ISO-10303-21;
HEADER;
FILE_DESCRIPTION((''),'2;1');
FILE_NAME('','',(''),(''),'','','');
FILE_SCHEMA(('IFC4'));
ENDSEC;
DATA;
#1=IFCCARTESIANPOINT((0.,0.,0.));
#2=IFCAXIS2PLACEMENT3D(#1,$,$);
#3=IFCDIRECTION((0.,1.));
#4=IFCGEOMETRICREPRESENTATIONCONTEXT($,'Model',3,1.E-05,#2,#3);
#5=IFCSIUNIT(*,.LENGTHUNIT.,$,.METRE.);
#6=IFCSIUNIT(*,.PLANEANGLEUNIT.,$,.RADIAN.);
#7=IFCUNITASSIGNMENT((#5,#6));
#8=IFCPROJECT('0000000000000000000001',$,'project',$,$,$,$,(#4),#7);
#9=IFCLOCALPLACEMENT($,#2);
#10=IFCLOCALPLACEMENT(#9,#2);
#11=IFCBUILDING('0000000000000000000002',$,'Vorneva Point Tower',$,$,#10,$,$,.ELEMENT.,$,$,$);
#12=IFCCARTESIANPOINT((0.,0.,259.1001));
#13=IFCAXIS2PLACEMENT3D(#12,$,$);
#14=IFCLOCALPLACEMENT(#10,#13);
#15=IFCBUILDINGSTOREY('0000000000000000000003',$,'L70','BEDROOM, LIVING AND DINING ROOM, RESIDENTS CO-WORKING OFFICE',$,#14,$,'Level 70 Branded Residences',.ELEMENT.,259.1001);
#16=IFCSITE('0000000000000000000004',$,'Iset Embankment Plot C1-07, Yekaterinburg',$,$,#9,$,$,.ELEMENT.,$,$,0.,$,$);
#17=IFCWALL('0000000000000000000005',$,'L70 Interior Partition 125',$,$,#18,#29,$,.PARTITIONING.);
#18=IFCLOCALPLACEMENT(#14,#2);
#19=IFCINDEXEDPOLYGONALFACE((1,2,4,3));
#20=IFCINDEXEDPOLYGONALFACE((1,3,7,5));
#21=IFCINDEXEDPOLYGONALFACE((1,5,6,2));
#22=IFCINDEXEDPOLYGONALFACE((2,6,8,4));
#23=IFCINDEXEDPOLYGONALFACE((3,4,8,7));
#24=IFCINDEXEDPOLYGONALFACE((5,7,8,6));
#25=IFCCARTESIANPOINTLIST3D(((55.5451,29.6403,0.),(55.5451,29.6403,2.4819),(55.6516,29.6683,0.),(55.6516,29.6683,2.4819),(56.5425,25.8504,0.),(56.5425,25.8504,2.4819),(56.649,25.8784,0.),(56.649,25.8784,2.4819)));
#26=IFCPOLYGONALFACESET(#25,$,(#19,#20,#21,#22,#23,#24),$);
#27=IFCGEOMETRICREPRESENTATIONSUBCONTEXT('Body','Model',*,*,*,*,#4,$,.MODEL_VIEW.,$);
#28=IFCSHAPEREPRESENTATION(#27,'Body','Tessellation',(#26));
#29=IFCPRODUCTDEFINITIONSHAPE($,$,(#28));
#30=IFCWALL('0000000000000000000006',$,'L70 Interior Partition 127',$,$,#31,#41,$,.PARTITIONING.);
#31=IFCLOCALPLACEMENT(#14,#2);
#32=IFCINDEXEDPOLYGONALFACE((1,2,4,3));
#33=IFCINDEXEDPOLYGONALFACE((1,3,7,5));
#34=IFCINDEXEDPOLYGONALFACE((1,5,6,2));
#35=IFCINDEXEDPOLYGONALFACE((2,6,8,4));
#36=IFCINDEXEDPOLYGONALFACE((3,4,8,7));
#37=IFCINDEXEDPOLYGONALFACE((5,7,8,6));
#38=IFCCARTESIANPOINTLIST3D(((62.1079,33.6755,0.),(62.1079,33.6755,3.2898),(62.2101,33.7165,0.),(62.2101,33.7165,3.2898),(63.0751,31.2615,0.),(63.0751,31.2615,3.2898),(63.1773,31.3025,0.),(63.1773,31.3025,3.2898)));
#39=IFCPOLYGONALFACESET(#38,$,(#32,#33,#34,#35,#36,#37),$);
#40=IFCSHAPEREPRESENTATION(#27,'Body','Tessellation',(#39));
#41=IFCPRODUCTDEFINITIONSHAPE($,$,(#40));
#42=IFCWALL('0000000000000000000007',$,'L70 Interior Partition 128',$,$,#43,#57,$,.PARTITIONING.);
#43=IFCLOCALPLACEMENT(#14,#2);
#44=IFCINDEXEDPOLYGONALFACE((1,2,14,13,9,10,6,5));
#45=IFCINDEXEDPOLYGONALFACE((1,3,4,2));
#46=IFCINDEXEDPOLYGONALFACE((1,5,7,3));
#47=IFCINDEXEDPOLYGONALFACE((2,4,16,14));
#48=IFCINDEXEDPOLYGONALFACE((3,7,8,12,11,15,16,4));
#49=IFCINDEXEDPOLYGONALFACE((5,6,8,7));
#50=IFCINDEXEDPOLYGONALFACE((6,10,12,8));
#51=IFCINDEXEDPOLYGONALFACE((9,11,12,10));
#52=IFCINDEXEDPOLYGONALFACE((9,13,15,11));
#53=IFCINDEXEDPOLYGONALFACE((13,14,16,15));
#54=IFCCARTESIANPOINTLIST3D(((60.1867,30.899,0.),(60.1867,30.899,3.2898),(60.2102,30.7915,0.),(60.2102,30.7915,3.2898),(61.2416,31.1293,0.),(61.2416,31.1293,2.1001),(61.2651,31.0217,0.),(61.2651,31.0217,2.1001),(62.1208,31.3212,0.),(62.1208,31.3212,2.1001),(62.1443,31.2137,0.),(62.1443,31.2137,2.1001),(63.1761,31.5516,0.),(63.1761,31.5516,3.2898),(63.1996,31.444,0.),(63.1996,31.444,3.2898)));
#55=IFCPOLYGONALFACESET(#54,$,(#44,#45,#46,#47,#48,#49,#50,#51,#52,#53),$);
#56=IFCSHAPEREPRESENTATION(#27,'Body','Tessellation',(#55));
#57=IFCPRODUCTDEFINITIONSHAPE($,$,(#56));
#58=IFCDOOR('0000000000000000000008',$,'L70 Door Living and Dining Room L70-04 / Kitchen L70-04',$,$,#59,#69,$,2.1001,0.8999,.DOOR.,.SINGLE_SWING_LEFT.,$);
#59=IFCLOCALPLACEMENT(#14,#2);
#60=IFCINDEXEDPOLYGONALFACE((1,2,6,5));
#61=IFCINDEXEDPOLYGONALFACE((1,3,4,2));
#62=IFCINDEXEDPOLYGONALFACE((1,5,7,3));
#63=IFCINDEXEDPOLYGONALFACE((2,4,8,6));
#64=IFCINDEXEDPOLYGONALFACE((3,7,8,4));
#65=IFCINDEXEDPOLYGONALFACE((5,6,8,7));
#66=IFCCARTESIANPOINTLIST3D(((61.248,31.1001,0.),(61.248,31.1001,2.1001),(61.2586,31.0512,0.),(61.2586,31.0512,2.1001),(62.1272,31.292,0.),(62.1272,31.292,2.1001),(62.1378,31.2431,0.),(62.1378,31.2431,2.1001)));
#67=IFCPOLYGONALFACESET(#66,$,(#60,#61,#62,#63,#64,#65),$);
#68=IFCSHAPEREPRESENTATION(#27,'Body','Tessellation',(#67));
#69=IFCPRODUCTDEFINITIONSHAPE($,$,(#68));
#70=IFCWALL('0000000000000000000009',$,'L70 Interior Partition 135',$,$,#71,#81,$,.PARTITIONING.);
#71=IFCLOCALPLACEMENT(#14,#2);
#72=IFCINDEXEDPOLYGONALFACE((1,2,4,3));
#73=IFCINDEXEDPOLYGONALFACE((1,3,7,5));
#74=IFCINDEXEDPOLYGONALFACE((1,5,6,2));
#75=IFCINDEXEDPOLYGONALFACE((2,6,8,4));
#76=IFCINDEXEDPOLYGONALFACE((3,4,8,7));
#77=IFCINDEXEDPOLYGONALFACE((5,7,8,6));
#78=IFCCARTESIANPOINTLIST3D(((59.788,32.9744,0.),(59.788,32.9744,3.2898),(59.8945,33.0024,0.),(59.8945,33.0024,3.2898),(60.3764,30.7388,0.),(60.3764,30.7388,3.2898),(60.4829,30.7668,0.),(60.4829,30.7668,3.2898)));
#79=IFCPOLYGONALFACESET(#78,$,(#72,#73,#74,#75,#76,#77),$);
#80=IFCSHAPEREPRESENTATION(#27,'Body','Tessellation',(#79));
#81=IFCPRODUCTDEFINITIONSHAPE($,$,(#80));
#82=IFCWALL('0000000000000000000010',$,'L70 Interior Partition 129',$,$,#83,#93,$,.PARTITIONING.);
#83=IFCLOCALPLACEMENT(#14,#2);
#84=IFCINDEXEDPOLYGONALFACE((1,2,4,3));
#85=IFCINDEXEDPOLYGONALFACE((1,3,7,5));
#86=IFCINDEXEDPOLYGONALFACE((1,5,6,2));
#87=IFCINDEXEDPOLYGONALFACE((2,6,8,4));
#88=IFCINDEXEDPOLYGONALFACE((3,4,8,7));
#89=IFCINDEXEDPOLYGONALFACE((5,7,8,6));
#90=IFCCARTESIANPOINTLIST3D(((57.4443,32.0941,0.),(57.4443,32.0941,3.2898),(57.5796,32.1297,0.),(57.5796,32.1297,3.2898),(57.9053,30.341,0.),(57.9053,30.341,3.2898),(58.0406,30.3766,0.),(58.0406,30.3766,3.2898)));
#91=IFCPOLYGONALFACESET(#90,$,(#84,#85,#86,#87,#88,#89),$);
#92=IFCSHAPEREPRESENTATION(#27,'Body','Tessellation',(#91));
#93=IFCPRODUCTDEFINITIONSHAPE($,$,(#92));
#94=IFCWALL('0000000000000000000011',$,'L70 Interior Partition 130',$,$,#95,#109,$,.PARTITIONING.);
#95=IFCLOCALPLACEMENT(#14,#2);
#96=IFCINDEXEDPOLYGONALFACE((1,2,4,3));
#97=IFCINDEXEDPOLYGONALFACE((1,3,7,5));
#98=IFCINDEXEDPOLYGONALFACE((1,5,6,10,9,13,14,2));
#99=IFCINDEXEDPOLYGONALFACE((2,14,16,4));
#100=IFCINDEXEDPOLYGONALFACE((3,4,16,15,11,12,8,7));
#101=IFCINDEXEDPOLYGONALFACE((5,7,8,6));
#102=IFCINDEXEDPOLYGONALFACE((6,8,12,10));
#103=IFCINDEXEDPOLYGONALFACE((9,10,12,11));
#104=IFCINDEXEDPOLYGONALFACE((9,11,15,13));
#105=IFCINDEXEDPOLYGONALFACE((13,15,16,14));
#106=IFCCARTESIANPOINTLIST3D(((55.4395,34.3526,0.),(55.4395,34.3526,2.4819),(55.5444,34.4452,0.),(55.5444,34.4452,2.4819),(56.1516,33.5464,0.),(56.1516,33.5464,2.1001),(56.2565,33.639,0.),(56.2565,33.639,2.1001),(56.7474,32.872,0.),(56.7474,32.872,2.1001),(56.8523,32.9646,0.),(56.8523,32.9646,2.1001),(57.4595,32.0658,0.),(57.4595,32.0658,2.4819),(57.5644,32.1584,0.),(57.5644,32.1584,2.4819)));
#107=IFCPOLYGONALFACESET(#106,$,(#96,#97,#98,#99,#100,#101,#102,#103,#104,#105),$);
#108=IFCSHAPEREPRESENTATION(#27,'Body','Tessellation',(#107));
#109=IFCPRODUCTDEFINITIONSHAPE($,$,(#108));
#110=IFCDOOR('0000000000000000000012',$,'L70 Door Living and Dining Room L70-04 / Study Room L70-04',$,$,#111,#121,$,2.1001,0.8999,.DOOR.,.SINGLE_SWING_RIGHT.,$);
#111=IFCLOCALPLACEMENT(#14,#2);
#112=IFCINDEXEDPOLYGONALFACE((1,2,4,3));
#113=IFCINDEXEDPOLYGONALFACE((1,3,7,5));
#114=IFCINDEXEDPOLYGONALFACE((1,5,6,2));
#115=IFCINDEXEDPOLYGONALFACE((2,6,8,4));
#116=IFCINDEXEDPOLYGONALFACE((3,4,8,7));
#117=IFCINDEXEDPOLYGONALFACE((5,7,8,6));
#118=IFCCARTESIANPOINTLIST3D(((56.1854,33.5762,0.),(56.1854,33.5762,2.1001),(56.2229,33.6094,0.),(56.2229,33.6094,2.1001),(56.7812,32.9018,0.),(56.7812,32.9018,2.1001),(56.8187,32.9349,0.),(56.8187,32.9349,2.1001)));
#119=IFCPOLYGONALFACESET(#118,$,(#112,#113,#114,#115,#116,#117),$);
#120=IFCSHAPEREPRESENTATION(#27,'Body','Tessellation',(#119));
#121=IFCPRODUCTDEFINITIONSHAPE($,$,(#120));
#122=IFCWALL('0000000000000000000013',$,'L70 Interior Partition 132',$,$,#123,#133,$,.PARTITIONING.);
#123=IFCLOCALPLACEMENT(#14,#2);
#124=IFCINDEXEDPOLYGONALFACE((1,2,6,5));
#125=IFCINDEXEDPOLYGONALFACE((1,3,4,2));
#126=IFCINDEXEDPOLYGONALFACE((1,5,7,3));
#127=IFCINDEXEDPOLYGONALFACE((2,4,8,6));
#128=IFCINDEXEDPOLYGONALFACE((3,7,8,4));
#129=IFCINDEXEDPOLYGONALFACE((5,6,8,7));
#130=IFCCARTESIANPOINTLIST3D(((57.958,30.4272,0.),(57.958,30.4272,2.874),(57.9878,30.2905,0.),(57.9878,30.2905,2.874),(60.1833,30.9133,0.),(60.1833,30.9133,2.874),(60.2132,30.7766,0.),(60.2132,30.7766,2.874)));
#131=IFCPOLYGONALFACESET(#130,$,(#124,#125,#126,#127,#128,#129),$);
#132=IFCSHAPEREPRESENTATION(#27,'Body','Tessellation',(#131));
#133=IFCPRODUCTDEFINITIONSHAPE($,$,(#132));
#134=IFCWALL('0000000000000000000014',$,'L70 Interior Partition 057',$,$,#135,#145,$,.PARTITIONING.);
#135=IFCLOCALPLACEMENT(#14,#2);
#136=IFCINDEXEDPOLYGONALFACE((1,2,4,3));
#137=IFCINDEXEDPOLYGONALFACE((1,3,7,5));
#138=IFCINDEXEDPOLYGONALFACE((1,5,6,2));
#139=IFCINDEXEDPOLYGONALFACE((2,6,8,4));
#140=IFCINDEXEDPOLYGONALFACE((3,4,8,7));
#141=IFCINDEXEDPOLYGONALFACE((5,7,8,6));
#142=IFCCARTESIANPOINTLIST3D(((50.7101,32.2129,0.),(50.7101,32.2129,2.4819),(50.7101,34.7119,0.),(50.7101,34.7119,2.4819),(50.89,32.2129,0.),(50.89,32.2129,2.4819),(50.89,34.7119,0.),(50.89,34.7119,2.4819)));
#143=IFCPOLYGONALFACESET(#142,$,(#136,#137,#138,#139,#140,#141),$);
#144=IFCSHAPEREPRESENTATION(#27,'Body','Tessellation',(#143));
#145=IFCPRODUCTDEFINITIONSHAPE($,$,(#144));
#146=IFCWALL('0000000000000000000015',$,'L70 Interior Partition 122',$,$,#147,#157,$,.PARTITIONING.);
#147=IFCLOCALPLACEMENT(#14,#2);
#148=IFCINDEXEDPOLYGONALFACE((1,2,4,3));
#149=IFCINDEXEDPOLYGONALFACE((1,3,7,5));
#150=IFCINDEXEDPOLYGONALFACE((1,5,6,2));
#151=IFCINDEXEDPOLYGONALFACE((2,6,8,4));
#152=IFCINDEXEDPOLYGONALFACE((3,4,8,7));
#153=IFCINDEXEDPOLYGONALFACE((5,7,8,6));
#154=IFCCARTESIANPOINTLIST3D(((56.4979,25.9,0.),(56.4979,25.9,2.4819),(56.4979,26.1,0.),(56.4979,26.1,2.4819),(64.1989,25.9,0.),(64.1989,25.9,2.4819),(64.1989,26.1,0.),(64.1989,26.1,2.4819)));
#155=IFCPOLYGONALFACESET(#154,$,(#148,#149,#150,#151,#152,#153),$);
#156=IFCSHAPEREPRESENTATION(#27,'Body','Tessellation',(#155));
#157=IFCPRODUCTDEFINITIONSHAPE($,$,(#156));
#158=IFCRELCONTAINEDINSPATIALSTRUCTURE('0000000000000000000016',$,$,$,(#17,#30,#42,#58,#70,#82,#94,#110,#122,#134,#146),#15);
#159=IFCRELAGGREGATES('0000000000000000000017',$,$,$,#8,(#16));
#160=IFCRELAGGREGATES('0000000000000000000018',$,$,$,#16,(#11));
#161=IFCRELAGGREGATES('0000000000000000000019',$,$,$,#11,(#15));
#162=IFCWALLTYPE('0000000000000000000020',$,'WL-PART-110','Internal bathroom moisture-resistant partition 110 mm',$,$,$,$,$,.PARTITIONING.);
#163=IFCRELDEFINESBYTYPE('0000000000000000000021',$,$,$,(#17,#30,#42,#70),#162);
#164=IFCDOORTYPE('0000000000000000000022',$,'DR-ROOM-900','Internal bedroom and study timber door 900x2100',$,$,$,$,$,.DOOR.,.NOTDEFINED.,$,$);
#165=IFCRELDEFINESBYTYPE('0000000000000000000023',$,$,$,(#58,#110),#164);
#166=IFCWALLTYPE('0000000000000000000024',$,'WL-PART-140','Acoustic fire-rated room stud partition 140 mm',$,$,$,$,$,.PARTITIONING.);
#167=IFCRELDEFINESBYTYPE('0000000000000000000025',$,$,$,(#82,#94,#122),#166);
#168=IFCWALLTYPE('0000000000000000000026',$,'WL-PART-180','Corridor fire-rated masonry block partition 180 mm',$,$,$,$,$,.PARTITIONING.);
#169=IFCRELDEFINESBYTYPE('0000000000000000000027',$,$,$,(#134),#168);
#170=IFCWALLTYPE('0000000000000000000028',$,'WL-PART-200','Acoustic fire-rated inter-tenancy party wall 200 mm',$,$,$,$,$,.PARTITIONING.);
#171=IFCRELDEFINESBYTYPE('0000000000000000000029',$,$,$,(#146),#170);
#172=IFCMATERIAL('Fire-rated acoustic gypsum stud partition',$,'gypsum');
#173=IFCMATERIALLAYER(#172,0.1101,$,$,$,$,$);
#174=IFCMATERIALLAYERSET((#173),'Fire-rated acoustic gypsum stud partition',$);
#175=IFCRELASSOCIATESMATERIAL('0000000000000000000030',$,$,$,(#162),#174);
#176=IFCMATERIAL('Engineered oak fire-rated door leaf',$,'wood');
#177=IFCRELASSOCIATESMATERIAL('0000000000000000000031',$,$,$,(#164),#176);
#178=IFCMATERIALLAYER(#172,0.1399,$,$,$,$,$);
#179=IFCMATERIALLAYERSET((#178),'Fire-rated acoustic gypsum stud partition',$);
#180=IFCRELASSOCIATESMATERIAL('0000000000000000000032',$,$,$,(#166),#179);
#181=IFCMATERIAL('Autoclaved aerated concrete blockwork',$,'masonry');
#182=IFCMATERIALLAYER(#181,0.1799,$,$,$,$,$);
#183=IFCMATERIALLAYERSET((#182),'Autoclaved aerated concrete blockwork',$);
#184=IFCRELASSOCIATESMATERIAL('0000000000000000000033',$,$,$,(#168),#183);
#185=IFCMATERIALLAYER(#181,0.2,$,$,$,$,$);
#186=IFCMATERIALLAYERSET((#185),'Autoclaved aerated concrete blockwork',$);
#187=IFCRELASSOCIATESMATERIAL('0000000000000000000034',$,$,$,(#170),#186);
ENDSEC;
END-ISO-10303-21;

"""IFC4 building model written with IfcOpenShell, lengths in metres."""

from ifc_helpers import new_model, si_unit, direction, frame, frame_2d, origin, place, context, subcontext, project, spatial, rectangle, extrude, material, layer, layer_set, type_object, element, fill, save


model = new_model("IFC4")

# Units and contexts
model_context = context("Model", 3, precision=1e-05, world=origin(), true_north=direction((0.0, 1.0)))
body_context = subcontext(model_context, "Body", "Model", "MODEL_VIEW")
ifc_project = project(units=[si_unit("LENGTHUNIT", "METRE"), si_unit("PLANEANGLEUNIT", "RADIAN")], contexts=[model_context])

# Site, building, storey
site_placement = place(None, origin())
site = spatial("IfcSite", under=ifc_project, at=site_placement, Name="Iset Embankment Plot C1-07, Yekaterinburg", CompositionType="ELEMENT", RefElevation=0.0)
building_placement = place(site_placement, origin())
building = spatial("IfcBuilding", under=site, at=building_placement, Name="Vorneva Point Tower", CompositionType="ELEMENT")
storey_placement = place(building_placement, frame((0.0, 0.0, 259.1001)))
storey = spatial("IfcBuildingStorey", under=building, at=storey_placement, Name="L70", Description="BEDROOM, LIVING AND DINING ROOM, RESIDENTS CO-WORKING OFFICE", LongName="Level 70 Branded Residences", CompositionType="ELEMENT", Elevation=259.1001)

# Shared definitions
ifc_material_1 = material(Name="Fire-rated acoustic gypsum stud partition", Category="gypsum")
ifc_layer_1 = layer(ifc_material_1, 0.1101)
ifc_layer_set_1 = layer_set([ifc_layer_1], Name="Fire-rated acoustic gypsum stud partition")
wall_type_1 = type_object("IfcWallType", Name="WL-PART-110", Description="Internal bathroom moisture-resistant partition 110 mm", PredefinedType="PARTITIONING", material=ifc_layer_set_1)
ifc_material_2 = material(Name="Engineered oak fire-rated door leaf", Category="wood")

# Walls
wall_1_placement = place(storey_placement, frame((55.5984, 29.6543, 0.0), z_axis=(0.0, 0.0, 1.0), x_axis=(0.254493, -0.967075, 0.0)))
element("IfcWall", 1, at=wall_1_placement, inside=storey, type_object=wall_type_1, Name="L70 Interior Partition 125", PredefinedType="PARTITIONING", context=body_context, shape_type="SweptSolid", body=[
    extrude(rectangle(XDim=3.9189, YDim=0.1101, at=frame_2d((1.9595, 0.0))), origin(), (0.0, 0.0, 1.0), 2.4819),
])
wall_2_placement = place(storey_placement, frame((63.1262, 31.282, 0.0), z_axis=(0.0, 0.0, 1.0), x_axis=(-0.371941, 0.928256, 0.0)))
element("IfcWall", 2, at=wall_2_placement, inside=storey, type_object=wall_type_1, Name="L70 Interior Partition 127", PredefinedType="PARTITIONING", context=body_context, shape_type="SweptSolid", body=[
    extrude(rectangle(XDim=2.6006, YDim=0.1101, at=frame_2d((1.3003, 0.0))), origin(), (0.0, 0.0, 1.0), 3.2898),
])

# Wall, opening, door
wall_3_placement = place(storey_placement, frame((63.1877, 31.4978, 0.0), z_axis=(0.0, 0.0, 1.0), x_axis=(-0.976993, -0.213271, 0.0)))
wall_3 = element("IfcWall", 3, at=wall_3_placement, inside=storey, type_object=wall_type_1, Name="L70 Interior Partition 128", PredefinedType="PARTITIONING", context=body_context, shape_type="SweptSolid", body=[
    extrude(rectangle(XDim=3.0598, YDim=0.1101, at=frame_2d((1.5298, 0.0))), origin(), (0.0, 0.0, 1.0), 3.2898),
])
opening_1_placement = place(wall_3_placement, frame((1.0801, 0.0, 0.0)))
opening_1 = element("IfcOpeningElement", 4, at=opening_1_placement, cuts=wall_3, PredefinedType="OPENING", context=body_context, shape_type="SweptSolid", body=[
    extrude(rectangle(XDim=0.8999, YDim=2.1001, at=frame_2d((0.45, 1.05))), frame((0.0, 0.0698, 0.0), z_axis=(0.0, -1.0, 0.0), x_axis=(1.0, 0.0, 0.0)), (0.0, 0.0, 1.0), 0.1399),
])
door_type_1 = type_object("IfcDoorType", Name="DR-ROOM-900", Description="Internal bedroom and study timber door 900x2100", OperationType="NOTDEFINED", PredefinedType="DOOR", material=ifc_material_2)
door_1_placement = place(opening_1_placement, origin())
door_1 = element("IfcDoor", 5, at=door_1_placement, inside=storey, type_object=door_type_1, Name="L70 Door Living and Dining Room L70-04 / Kitchen L70-04", OperationType="SINGLE_SWING_LEFT", OverallHeight=2.1001, OverallWidth=0.8999, PredefinedType="DOOR", context=body_context, shape_type="SweptSolid", body=[
    extrude(rectangle(XDim=0.8999, YDim=2.1001, at=frame_2d((0.45, 1.05))), frame((0.0, 0.0249, 0.0), z_axis=(0.0, -1.0, 0.0), x_axis=(1.0, 0.0, 0.0)), (0.0, 0.0, 1.0), 0.05),
])
fill(opening_1, door_1)

# Walls
wall_4_placement = place(storey_placement, frame((59.8413, 32.9883, 0.0), z_axis=(0.0, 0.0, 1.0), x_axis=(0.254519, -0.967068, 0.0)))
element("IfcWall", 6, at=wall_4_placement, inside=storey, type_object=wall_type_1, Name="L70 Interior Partition 135", PredefinedType="PARTITIONING", context=body_context, shape_type="SweptSolid", body=[
    extrude(rectangle(XDim=2.3118, YDim=0.1101, at=frame_2d((1.1558, 0.0))), origin(), (0.0, 0.0, 1.0), 3.2898),
])
ifc_layer_2 = layer(ifc_material_1, 0.1399)
ifc_layer_set_2 = layer_set([ifc_layer_2], Name="Fire-rated acoustic gypsum stud partition")
wall_type_2 = type_object("IfcWallType", Name="WL-PART-140", Description="Acoustic fire-rated room stud partition 140 mm", PredefinedType="PARTITIONING", material=ifc_layer_set_2)
wall_5_placement = place(storey_placement, frame((57.9729, 30.3589, 0.0), z_axis=(0.0, 0.0, 1.0), x_axis=(-0.254275, 0.967132, 0.0)))
element("IfcWall", 7, at=wall_5_placement, inside=storey, type_object=wall_type_2, Name="L70 Interior Partition 129", PredefinedType="PARTITIONING", context=body_context, shape_type="SweptSolid", body=[
    extrude(rectangle(XDim=1.8127, YDim=0.1399, at=frame_2d((0.9062, 0.0))), origin(), (0.0, 0.0, 1.0), 3.2898),
])

# Wall, opening, door
wall_6_placement = place(storey_placement, frame((57.512, 32.1121, 0.0), z_axis=(0.0, 0.0, 1.0), x_axis=(-0.662026, 0.74948, 0.0)))
wall_6 = element("IfcWall", 8, at=wall_6_placement, inside=storey, type_object=wall_type_2, Name="L70 Interior Partition 130", PredefinedType="PARTITIONING", context=body_context, shape_type="SweptSolid", body=[
    extrude(rectangle(XDim=3.0513, YDim=0.1399, at=frame_2d((1.5256, 0.0))), origin(), (0.0, 0.0, 1.0), 2.4819),
])
opening_2_placement = place(wall_6_placement, frame((1.0757, 0.0, 0.0)))
opening_2 = element("IfcOpeningElement", 9, at=opening_2_placement, cuts=wall_6, PredefinedType="OPENING", context=body_context, shape_type="SweptSolid", body=[
    extrude(rectangle(XDim=0.8999, YDim=2.1001, at=frame_2d((0.45, 1.05))), frame((0.0, 0.085, 0.0), z_axis=(0.0, -1.0, 0.0), x_axis=(1.0, 0.0, 0.0)), (0.0, 0.0, 1.0), 0.1697),
])
door_2_placement = place(opening_2_placement, origin())
door_2 = element("IfcDoor", 10, at=door_2_placement, inside=storey, type_object=door_type_1, Name="L70 Door Living and Dining Room L70-04 / Study Room L70-04", OperationType="SINGLE_SWING_RIGHT", OverallHeight=2.1001, OverallWidth=0.8999, PredefinedType="DOOR", context=body_context, shape_type="SweptSolid", body=[
    extrude(rectangle(XDim=0.8999, YDim=2.1001, at=frame_2d((0.45, 1.05))), frame((0.0, 0.0249, 0.0), z_axis=(0.0, -1.0, 0.0), x_axis=(1.0, 0.0, 0.0)), (0.0, 0.0, 1.0), 0.05),
])
fill(opening_2, door_2)

# Wall
wall_7_placement = place(storey_placement, frame((60.1982, 30.845, 0.0), z_axis=(0.0, 0.0, 1.0), x_axis=(-0.976965, -0.2134, 0.0)))
element("IfcWall", 11, at=wall_7_placement, inside=storey, type_object=wall_type_2, Name="L70 Interior Partition 132", PredefinedType="PARTITIONING", context=body_context, shape_type="SweptSolid", body=[
    extrude(rectangle(XDim=2.2778, YDim=0.1399, at=frame_2d((1.1389, 0.0))), origin(), (0.0, 0.0, 1.0), 2.874),
])

# Shared definitions
ifc_material_3 = material(Name="Autoclaved aerated concrete blockwork", Category="masonry")
ifc_layer_3 = layer(ifc_material_3, 0.1799)
ifc_layer_set_3 = layer_set([ifc_layer_3], Name="Autoclaved aerated concrete blockwork")
wall_type_3 = type_object("IfcWallType", Name="WL-PART-180", Description="Corridor fire-rated masonry block partition 180 mm", PredefinedType="PARTITIONING", material=ifc_layer_set_3)

# Walls
wall_8_placement = place(storey_placement, frame((50.8, 32.2129, 0.0), z_axis=(0.0, 0.0, 1.0), x_axis=(0.0, 1.0, 0.0)))
element("IfcWall", 12, at=wall_8_placement, inside=storey, type_object=wall_type_3, Name="L70 Interior Partition 057", PredefinedType="PARTITIONING", context=body_context, shape_type="SweptSolid", body=[
    extrude(rectangle(XDim=2.499, YDim=0.1799, at=frame_2d((1.2495, 0.0))), origin(), (0.0, 0.0, 1.0), 2.4819),
])
ifc_layer_4 = layer(ifc_material_3, 0.2)
ifc_layer_set_4 = layer_set([ifc_layer_4], Name="Autoclaved aerated concrete blockwork")
wall_type_4 = type_object("IfcWallType", Name="WL-PART-200", Description="Acoustic fire-rated inter-tenancy party wall 200 mm", PredefinedType="PARTITIONING", material=ifc_layer_set_4)
wall_9_placement = place(storey_placement, frame((64.199, 26.0, 0.0), z_axis=(0.0, 0.0, 1.0), x_axis=(-1.0, 0.0, 0.0)))
element("IfcWall", 13, at=wall_9_placement, inside=storey, type_object=wall_type_4, Name="L70 Interior Partition 122", PredefinedType="PARTITIONING", context=body_context, shape_type="SweptSolid", body=[
    extrude(rectangle(XDim=7.7009, YDim=0.2, at=frame_2d((3.8506, 0.0))), origin(), (0.0, 0.0, 1.0), 2.4819),
])

save(model, "model.ifc")
